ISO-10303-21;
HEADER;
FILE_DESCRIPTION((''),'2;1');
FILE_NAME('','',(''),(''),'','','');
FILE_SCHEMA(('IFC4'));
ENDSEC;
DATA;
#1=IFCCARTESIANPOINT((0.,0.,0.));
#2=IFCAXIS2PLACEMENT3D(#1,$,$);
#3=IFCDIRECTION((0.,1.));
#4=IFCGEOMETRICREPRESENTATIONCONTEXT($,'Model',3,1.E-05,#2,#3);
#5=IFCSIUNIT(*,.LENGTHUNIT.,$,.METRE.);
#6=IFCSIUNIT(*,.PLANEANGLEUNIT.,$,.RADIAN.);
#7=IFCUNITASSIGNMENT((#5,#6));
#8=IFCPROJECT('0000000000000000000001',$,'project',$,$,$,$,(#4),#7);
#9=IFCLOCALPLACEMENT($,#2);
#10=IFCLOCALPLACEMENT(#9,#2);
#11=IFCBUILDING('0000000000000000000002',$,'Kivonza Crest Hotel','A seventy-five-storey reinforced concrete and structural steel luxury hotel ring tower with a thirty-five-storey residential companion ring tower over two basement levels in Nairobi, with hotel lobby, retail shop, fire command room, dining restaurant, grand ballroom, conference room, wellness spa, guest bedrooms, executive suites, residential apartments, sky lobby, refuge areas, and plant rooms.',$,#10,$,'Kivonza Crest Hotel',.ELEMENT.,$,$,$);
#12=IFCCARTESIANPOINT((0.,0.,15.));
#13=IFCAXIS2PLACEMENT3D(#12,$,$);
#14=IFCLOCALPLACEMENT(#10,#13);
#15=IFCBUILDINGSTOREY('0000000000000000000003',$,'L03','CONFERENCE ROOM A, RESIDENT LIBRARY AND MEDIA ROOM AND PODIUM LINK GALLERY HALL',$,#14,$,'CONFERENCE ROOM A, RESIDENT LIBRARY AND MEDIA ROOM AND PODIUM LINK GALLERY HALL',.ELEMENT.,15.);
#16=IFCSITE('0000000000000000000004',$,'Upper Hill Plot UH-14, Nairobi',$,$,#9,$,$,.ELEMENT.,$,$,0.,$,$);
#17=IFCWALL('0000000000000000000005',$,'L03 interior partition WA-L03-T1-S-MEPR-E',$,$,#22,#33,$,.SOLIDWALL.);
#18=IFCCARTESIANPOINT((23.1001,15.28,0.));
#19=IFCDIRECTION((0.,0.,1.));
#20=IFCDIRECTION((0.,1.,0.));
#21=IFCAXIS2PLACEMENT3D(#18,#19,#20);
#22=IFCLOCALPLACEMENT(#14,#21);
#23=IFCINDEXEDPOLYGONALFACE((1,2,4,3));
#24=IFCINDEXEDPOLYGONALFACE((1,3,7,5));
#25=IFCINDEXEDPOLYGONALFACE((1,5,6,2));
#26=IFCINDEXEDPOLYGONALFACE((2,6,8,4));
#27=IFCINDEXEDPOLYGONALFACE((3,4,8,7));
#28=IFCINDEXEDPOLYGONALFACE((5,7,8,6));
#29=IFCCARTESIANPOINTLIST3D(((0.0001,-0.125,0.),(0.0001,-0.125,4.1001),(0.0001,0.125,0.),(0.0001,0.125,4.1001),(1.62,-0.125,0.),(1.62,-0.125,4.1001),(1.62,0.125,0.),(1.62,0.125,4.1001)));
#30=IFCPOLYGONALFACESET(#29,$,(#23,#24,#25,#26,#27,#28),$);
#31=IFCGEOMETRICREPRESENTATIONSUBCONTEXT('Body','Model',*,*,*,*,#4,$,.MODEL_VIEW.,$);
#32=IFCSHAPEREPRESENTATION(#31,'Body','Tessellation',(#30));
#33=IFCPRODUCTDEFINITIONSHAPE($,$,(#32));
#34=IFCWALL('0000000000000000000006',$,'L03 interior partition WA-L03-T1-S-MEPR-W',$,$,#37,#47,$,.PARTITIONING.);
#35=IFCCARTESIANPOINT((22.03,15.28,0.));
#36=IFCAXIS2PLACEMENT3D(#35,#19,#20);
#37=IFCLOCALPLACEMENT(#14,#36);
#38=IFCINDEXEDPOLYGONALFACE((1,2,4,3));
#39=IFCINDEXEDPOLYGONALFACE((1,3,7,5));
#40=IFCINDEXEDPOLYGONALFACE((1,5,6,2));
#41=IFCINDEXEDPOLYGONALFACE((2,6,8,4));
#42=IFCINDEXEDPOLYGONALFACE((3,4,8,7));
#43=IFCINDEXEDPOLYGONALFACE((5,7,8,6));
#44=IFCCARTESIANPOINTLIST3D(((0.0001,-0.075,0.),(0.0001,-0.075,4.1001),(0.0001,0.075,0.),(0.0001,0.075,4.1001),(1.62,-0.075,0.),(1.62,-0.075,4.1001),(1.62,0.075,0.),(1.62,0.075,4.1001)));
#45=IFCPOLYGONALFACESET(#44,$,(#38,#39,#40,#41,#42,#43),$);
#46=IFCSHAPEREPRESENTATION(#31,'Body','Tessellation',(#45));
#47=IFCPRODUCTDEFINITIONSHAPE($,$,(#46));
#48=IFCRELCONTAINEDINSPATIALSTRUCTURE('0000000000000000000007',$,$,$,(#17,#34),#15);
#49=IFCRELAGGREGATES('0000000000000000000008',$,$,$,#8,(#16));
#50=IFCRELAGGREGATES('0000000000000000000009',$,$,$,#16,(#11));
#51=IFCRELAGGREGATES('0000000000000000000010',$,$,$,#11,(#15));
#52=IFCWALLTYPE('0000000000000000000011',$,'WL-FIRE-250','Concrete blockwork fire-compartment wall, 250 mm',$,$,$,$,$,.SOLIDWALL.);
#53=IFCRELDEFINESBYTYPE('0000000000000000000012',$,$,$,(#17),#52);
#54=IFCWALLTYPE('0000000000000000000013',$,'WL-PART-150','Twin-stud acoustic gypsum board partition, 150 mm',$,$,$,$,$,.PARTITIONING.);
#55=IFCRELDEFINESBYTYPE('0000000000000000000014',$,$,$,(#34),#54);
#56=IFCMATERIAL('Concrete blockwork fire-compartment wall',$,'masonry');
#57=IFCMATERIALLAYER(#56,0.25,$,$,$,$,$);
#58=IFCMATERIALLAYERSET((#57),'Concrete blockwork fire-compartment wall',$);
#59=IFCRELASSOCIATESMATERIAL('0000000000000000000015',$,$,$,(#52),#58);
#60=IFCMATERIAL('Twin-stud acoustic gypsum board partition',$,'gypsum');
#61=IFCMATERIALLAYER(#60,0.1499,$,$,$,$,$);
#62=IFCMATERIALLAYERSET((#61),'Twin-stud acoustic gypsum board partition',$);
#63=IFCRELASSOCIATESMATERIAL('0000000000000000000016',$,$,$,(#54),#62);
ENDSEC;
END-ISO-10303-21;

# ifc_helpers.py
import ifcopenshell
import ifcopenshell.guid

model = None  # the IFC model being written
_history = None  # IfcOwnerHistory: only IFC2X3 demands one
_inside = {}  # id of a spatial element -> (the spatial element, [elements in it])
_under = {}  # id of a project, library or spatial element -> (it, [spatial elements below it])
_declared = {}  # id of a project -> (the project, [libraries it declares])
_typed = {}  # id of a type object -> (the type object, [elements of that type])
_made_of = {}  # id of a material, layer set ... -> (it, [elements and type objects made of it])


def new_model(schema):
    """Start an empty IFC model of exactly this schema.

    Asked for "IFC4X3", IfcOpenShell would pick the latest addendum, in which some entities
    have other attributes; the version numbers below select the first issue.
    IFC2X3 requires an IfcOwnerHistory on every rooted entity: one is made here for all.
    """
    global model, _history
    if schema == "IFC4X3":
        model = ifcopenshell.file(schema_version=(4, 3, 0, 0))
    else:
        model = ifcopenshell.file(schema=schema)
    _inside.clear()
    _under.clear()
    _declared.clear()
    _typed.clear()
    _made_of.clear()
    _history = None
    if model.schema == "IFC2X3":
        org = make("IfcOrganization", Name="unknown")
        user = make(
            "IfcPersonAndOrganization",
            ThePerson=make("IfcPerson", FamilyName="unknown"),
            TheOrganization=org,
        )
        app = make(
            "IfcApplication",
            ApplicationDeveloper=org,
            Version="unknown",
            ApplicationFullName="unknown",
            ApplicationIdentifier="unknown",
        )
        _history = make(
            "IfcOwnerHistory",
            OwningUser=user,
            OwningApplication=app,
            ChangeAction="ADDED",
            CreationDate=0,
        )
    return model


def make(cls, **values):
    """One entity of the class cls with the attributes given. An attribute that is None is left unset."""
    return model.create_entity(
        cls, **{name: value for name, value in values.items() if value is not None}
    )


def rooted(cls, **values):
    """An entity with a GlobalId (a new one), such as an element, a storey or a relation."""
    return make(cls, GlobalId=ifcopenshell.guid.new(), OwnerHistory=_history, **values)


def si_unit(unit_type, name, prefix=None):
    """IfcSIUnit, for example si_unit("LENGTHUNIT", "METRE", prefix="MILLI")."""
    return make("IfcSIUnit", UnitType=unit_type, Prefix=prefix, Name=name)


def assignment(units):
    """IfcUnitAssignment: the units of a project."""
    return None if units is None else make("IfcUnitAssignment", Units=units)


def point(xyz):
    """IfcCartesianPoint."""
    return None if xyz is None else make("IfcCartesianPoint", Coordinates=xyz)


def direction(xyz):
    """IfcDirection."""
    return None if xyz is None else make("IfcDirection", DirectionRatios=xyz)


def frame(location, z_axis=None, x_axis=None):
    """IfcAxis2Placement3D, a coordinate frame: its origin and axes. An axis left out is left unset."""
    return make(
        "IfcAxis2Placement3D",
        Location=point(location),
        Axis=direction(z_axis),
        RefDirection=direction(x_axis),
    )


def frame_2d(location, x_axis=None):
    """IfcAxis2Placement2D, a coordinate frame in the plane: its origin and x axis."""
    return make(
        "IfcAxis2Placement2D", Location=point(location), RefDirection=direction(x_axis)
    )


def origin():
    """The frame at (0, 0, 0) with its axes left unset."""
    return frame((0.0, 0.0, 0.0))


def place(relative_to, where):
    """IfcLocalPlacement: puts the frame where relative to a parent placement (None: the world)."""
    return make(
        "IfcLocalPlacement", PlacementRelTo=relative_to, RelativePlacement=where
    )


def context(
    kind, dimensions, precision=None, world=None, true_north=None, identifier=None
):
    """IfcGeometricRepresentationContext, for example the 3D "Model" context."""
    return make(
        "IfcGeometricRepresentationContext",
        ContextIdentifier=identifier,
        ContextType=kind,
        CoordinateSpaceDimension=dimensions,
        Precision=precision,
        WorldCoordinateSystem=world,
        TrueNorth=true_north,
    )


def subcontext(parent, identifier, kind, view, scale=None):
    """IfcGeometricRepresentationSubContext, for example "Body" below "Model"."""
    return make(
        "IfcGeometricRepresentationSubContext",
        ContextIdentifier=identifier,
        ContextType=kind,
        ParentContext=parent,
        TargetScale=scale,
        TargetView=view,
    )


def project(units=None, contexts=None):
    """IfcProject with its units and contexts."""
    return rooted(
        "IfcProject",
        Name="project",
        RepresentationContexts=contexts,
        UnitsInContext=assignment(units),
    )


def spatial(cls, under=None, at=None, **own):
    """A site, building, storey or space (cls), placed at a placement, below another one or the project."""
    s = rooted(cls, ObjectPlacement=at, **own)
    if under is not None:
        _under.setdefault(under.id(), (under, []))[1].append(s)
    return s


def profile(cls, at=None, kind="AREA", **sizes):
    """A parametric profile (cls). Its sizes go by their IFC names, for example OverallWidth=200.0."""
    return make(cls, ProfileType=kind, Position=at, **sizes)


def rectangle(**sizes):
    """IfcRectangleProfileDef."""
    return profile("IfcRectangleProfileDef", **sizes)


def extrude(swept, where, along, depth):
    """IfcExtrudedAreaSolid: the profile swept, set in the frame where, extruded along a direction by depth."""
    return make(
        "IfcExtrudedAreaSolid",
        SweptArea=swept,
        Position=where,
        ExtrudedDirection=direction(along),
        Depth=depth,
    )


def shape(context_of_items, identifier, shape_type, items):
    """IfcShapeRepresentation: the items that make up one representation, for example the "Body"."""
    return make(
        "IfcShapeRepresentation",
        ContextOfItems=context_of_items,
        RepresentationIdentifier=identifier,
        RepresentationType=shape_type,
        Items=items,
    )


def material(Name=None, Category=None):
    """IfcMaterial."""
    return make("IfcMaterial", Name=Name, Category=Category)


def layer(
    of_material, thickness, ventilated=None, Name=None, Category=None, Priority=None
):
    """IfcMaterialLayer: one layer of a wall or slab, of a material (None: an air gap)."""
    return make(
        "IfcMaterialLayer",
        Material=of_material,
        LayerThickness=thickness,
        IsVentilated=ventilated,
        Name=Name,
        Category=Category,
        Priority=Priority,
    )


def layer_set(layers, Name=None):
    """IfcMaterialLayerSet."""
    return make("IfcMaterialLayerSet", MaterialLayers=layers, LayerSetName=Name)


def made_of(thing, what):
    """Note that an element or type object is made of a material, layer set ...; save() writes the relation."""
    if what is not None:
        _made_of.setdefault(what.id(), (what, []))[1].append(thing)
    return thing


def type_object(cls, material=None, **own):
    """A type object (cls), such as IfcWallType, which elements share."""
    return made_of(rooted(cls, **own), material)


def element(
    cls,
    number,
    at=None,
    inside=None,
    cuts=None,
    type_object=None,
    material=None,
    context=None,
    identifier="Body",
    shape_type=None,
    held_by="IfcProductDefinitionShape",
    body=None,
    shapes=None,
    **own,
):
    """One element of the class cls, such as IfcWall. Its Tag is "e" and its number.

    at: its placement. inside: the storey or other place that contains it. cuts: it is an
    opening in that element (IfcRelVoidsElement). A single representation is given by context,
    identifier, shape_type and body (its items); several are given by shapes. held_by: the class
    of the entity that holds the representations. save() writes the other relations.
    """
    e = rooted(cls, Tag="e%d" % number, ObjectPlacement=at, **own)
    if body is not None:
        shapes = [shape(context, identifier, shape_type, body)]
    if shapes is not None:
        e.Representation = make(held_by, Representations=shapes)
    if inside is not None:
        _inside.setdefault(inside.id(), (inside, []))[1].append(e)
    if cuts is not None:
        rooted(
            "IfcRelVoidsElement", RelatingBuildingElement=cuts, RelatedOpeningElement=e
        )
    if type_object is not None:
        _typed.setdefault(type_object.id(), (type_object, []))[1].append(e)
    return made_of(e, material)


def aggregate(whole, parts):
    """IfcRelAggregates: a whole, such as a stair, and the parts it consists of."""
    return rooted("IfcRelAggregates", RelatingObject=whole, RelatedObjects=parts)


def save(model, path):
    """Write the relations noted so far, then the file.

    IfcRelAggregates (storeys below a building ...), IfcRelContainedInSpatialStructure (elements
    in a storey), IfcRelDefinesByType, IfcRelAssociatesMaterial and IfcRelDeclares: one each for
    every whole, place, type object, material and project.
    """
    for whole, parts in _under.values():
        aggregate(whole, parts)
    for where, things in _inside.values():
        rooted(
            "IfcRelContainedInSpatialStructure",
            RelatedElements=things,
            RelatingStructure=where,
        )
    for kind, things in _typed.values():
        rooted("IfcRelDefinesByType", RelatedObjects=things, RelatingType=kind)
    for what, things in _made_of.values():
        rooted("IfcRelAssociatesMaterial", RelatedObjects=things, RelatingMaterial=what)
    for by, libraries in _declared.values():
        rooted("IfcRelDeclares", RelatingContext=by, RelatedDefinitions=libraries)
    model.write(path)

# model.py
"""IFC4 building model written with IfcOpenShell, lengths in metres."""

from ifc_helpers import new_model, si_unit, direction, frame, frame_2d, origin, place, context, subcontext, project, spatial, rectangle, extrude, material, layer, layer_set, type_object, element, save


model = new_model("IFC4")

# Units and contexts
model_context = context("Model", 3, precision=1e-05, world=origin(), true_north=direction((0.0, 1.0)))
body_context = subcontext(model_context, "Body", "Model", "MODEL_VIEW")
ifc_project = project(units=[si_unit("LENGTHUNIT", "METRE"), si_unit("PLANEANGLEUNIT", "RADIAN")], contexts=[model_context])

# Site, building, storey
site_placement = place(None, origin())
site = spatial("IfcSite", under=ifc_project, at=site_placement, Name="Upper Hill Plot UH-14, Nairobi", CompositionType="ELEMENT", RefElevation=0.0)
building_placement = place(site_placement, origin())
building = spatial("IfcBuilding", under=site, at=building_placement, Name="Kivonza Crest Hotel", Description="A seventy-five-storey reinforced concrete and structural steel luxury hotel ring tower with a thirty-five-storey residential companion ring tower over two basement levels in Nairobi, with hotel lobby, retail shop, fire command room, dining restaurant, grand ballroom, conference room, wellness spa, guest bedrooms, executive suites, residential apartments, sky lobby, refuge areas, and plant rooms.", LongName="Kivonza Crest Hotel", CompositionType="ELEMENT")
storey_placement = place(building_placement, frame((0.0, 0.0, 15.0)))
storey = spatial("IfcBuildingStorey", under=building, at=storey_placement, Name="L03", Description="CONFERENCE ROOM A, RESIDENT LIBRARY AND MEDIA ROOM AND PODIUM LINK GALLERY HALL", LongName="CONFERENCE ROOM A, RESIDENT LIBRARY AND MEDIA ROOM AND PODIUM LINK GALLERY HALL", CompositionType="ELEMENT", Elevation=15.0)

# Walls
ifc_material_1 = material(Name="Concrete blockwork fire-compartment wall", Category="masonry")
ifc_layer_1 = layer(ifc_material_1, 0.25)
ifc_layer_set_1 = layer_set([ifc_layer_1], Name="Concrete blockwork fire-compartment wall")
wall_type_1 = type_object("IfcWallType", Name="WL-FIRE-250", Description="Concrete blockwork fire-compartment wall, 250 mm", PredefinedType="SOLIDWALL", material=ifc_layer_set_1)
wall_1_placement = place(storey_placement, frame((23.1001, 15.28, 0.0), z_axis=(0.0, 0.0, 1.0), x_axis=(0.0, 1.0, 0.0)))
element("IfcWall", 1, at=wall_1_placement, inside=storey, type_object=wall_type_1, Name="L03 interior partition WA-L03-T1-S-MEPR-E", PredefinedType="SOLIDWALL", context=body_context, shape_type="SweptSolid", body=[
    extrude(rectangle(XDim=1.6199, YDim=0.25, at=frame_2d((0.8101, 0.0))), origin(), (0.0, 0.0, 1.0), 4.1001),
])
ifc_material_2 = material(Name="Twin-stud acoustic gypsum board partition", Category="gypsum")
ifc_layer_2 = layer(ifc_material_2, 0.1499)
ifc_layer_set_2 = layer_set([ifc_layer_2], Name="Twin-stud acoustic gypsum board partition")
wall_type_2 = type_object("IfcWallType", Name="WL-PART-150", Description="Twin-stud acoustic gypsum board partition, 150 mm", PredefinedType="PARTITIONING", material=ifc_layer_set_2)
wall_2_placement = place(storey_placement, frame((22.03, 15.28, 0.0), z_axis=(0.0, 0.0, 1.0), x_axis=(0.0, 1.0, 0.0)))
element("IfcWall", 2, at=wall_2_placement, inside=storey, type_object=wall_type_2, Name="L03 interior partition WA-L03-T1-S-MEPR-W", PredefinedType="PARTITIONING", context=body_context, shape_type="SweptSolid", body=[
    extrude(rectangle(XDim=1.6199, YDim=0.1499, at=frame_2d((0.8101, 0.0))), origin(), (0.0, 0.0, 1.0), 4.1001),
])

save(model, "model.ifc")
